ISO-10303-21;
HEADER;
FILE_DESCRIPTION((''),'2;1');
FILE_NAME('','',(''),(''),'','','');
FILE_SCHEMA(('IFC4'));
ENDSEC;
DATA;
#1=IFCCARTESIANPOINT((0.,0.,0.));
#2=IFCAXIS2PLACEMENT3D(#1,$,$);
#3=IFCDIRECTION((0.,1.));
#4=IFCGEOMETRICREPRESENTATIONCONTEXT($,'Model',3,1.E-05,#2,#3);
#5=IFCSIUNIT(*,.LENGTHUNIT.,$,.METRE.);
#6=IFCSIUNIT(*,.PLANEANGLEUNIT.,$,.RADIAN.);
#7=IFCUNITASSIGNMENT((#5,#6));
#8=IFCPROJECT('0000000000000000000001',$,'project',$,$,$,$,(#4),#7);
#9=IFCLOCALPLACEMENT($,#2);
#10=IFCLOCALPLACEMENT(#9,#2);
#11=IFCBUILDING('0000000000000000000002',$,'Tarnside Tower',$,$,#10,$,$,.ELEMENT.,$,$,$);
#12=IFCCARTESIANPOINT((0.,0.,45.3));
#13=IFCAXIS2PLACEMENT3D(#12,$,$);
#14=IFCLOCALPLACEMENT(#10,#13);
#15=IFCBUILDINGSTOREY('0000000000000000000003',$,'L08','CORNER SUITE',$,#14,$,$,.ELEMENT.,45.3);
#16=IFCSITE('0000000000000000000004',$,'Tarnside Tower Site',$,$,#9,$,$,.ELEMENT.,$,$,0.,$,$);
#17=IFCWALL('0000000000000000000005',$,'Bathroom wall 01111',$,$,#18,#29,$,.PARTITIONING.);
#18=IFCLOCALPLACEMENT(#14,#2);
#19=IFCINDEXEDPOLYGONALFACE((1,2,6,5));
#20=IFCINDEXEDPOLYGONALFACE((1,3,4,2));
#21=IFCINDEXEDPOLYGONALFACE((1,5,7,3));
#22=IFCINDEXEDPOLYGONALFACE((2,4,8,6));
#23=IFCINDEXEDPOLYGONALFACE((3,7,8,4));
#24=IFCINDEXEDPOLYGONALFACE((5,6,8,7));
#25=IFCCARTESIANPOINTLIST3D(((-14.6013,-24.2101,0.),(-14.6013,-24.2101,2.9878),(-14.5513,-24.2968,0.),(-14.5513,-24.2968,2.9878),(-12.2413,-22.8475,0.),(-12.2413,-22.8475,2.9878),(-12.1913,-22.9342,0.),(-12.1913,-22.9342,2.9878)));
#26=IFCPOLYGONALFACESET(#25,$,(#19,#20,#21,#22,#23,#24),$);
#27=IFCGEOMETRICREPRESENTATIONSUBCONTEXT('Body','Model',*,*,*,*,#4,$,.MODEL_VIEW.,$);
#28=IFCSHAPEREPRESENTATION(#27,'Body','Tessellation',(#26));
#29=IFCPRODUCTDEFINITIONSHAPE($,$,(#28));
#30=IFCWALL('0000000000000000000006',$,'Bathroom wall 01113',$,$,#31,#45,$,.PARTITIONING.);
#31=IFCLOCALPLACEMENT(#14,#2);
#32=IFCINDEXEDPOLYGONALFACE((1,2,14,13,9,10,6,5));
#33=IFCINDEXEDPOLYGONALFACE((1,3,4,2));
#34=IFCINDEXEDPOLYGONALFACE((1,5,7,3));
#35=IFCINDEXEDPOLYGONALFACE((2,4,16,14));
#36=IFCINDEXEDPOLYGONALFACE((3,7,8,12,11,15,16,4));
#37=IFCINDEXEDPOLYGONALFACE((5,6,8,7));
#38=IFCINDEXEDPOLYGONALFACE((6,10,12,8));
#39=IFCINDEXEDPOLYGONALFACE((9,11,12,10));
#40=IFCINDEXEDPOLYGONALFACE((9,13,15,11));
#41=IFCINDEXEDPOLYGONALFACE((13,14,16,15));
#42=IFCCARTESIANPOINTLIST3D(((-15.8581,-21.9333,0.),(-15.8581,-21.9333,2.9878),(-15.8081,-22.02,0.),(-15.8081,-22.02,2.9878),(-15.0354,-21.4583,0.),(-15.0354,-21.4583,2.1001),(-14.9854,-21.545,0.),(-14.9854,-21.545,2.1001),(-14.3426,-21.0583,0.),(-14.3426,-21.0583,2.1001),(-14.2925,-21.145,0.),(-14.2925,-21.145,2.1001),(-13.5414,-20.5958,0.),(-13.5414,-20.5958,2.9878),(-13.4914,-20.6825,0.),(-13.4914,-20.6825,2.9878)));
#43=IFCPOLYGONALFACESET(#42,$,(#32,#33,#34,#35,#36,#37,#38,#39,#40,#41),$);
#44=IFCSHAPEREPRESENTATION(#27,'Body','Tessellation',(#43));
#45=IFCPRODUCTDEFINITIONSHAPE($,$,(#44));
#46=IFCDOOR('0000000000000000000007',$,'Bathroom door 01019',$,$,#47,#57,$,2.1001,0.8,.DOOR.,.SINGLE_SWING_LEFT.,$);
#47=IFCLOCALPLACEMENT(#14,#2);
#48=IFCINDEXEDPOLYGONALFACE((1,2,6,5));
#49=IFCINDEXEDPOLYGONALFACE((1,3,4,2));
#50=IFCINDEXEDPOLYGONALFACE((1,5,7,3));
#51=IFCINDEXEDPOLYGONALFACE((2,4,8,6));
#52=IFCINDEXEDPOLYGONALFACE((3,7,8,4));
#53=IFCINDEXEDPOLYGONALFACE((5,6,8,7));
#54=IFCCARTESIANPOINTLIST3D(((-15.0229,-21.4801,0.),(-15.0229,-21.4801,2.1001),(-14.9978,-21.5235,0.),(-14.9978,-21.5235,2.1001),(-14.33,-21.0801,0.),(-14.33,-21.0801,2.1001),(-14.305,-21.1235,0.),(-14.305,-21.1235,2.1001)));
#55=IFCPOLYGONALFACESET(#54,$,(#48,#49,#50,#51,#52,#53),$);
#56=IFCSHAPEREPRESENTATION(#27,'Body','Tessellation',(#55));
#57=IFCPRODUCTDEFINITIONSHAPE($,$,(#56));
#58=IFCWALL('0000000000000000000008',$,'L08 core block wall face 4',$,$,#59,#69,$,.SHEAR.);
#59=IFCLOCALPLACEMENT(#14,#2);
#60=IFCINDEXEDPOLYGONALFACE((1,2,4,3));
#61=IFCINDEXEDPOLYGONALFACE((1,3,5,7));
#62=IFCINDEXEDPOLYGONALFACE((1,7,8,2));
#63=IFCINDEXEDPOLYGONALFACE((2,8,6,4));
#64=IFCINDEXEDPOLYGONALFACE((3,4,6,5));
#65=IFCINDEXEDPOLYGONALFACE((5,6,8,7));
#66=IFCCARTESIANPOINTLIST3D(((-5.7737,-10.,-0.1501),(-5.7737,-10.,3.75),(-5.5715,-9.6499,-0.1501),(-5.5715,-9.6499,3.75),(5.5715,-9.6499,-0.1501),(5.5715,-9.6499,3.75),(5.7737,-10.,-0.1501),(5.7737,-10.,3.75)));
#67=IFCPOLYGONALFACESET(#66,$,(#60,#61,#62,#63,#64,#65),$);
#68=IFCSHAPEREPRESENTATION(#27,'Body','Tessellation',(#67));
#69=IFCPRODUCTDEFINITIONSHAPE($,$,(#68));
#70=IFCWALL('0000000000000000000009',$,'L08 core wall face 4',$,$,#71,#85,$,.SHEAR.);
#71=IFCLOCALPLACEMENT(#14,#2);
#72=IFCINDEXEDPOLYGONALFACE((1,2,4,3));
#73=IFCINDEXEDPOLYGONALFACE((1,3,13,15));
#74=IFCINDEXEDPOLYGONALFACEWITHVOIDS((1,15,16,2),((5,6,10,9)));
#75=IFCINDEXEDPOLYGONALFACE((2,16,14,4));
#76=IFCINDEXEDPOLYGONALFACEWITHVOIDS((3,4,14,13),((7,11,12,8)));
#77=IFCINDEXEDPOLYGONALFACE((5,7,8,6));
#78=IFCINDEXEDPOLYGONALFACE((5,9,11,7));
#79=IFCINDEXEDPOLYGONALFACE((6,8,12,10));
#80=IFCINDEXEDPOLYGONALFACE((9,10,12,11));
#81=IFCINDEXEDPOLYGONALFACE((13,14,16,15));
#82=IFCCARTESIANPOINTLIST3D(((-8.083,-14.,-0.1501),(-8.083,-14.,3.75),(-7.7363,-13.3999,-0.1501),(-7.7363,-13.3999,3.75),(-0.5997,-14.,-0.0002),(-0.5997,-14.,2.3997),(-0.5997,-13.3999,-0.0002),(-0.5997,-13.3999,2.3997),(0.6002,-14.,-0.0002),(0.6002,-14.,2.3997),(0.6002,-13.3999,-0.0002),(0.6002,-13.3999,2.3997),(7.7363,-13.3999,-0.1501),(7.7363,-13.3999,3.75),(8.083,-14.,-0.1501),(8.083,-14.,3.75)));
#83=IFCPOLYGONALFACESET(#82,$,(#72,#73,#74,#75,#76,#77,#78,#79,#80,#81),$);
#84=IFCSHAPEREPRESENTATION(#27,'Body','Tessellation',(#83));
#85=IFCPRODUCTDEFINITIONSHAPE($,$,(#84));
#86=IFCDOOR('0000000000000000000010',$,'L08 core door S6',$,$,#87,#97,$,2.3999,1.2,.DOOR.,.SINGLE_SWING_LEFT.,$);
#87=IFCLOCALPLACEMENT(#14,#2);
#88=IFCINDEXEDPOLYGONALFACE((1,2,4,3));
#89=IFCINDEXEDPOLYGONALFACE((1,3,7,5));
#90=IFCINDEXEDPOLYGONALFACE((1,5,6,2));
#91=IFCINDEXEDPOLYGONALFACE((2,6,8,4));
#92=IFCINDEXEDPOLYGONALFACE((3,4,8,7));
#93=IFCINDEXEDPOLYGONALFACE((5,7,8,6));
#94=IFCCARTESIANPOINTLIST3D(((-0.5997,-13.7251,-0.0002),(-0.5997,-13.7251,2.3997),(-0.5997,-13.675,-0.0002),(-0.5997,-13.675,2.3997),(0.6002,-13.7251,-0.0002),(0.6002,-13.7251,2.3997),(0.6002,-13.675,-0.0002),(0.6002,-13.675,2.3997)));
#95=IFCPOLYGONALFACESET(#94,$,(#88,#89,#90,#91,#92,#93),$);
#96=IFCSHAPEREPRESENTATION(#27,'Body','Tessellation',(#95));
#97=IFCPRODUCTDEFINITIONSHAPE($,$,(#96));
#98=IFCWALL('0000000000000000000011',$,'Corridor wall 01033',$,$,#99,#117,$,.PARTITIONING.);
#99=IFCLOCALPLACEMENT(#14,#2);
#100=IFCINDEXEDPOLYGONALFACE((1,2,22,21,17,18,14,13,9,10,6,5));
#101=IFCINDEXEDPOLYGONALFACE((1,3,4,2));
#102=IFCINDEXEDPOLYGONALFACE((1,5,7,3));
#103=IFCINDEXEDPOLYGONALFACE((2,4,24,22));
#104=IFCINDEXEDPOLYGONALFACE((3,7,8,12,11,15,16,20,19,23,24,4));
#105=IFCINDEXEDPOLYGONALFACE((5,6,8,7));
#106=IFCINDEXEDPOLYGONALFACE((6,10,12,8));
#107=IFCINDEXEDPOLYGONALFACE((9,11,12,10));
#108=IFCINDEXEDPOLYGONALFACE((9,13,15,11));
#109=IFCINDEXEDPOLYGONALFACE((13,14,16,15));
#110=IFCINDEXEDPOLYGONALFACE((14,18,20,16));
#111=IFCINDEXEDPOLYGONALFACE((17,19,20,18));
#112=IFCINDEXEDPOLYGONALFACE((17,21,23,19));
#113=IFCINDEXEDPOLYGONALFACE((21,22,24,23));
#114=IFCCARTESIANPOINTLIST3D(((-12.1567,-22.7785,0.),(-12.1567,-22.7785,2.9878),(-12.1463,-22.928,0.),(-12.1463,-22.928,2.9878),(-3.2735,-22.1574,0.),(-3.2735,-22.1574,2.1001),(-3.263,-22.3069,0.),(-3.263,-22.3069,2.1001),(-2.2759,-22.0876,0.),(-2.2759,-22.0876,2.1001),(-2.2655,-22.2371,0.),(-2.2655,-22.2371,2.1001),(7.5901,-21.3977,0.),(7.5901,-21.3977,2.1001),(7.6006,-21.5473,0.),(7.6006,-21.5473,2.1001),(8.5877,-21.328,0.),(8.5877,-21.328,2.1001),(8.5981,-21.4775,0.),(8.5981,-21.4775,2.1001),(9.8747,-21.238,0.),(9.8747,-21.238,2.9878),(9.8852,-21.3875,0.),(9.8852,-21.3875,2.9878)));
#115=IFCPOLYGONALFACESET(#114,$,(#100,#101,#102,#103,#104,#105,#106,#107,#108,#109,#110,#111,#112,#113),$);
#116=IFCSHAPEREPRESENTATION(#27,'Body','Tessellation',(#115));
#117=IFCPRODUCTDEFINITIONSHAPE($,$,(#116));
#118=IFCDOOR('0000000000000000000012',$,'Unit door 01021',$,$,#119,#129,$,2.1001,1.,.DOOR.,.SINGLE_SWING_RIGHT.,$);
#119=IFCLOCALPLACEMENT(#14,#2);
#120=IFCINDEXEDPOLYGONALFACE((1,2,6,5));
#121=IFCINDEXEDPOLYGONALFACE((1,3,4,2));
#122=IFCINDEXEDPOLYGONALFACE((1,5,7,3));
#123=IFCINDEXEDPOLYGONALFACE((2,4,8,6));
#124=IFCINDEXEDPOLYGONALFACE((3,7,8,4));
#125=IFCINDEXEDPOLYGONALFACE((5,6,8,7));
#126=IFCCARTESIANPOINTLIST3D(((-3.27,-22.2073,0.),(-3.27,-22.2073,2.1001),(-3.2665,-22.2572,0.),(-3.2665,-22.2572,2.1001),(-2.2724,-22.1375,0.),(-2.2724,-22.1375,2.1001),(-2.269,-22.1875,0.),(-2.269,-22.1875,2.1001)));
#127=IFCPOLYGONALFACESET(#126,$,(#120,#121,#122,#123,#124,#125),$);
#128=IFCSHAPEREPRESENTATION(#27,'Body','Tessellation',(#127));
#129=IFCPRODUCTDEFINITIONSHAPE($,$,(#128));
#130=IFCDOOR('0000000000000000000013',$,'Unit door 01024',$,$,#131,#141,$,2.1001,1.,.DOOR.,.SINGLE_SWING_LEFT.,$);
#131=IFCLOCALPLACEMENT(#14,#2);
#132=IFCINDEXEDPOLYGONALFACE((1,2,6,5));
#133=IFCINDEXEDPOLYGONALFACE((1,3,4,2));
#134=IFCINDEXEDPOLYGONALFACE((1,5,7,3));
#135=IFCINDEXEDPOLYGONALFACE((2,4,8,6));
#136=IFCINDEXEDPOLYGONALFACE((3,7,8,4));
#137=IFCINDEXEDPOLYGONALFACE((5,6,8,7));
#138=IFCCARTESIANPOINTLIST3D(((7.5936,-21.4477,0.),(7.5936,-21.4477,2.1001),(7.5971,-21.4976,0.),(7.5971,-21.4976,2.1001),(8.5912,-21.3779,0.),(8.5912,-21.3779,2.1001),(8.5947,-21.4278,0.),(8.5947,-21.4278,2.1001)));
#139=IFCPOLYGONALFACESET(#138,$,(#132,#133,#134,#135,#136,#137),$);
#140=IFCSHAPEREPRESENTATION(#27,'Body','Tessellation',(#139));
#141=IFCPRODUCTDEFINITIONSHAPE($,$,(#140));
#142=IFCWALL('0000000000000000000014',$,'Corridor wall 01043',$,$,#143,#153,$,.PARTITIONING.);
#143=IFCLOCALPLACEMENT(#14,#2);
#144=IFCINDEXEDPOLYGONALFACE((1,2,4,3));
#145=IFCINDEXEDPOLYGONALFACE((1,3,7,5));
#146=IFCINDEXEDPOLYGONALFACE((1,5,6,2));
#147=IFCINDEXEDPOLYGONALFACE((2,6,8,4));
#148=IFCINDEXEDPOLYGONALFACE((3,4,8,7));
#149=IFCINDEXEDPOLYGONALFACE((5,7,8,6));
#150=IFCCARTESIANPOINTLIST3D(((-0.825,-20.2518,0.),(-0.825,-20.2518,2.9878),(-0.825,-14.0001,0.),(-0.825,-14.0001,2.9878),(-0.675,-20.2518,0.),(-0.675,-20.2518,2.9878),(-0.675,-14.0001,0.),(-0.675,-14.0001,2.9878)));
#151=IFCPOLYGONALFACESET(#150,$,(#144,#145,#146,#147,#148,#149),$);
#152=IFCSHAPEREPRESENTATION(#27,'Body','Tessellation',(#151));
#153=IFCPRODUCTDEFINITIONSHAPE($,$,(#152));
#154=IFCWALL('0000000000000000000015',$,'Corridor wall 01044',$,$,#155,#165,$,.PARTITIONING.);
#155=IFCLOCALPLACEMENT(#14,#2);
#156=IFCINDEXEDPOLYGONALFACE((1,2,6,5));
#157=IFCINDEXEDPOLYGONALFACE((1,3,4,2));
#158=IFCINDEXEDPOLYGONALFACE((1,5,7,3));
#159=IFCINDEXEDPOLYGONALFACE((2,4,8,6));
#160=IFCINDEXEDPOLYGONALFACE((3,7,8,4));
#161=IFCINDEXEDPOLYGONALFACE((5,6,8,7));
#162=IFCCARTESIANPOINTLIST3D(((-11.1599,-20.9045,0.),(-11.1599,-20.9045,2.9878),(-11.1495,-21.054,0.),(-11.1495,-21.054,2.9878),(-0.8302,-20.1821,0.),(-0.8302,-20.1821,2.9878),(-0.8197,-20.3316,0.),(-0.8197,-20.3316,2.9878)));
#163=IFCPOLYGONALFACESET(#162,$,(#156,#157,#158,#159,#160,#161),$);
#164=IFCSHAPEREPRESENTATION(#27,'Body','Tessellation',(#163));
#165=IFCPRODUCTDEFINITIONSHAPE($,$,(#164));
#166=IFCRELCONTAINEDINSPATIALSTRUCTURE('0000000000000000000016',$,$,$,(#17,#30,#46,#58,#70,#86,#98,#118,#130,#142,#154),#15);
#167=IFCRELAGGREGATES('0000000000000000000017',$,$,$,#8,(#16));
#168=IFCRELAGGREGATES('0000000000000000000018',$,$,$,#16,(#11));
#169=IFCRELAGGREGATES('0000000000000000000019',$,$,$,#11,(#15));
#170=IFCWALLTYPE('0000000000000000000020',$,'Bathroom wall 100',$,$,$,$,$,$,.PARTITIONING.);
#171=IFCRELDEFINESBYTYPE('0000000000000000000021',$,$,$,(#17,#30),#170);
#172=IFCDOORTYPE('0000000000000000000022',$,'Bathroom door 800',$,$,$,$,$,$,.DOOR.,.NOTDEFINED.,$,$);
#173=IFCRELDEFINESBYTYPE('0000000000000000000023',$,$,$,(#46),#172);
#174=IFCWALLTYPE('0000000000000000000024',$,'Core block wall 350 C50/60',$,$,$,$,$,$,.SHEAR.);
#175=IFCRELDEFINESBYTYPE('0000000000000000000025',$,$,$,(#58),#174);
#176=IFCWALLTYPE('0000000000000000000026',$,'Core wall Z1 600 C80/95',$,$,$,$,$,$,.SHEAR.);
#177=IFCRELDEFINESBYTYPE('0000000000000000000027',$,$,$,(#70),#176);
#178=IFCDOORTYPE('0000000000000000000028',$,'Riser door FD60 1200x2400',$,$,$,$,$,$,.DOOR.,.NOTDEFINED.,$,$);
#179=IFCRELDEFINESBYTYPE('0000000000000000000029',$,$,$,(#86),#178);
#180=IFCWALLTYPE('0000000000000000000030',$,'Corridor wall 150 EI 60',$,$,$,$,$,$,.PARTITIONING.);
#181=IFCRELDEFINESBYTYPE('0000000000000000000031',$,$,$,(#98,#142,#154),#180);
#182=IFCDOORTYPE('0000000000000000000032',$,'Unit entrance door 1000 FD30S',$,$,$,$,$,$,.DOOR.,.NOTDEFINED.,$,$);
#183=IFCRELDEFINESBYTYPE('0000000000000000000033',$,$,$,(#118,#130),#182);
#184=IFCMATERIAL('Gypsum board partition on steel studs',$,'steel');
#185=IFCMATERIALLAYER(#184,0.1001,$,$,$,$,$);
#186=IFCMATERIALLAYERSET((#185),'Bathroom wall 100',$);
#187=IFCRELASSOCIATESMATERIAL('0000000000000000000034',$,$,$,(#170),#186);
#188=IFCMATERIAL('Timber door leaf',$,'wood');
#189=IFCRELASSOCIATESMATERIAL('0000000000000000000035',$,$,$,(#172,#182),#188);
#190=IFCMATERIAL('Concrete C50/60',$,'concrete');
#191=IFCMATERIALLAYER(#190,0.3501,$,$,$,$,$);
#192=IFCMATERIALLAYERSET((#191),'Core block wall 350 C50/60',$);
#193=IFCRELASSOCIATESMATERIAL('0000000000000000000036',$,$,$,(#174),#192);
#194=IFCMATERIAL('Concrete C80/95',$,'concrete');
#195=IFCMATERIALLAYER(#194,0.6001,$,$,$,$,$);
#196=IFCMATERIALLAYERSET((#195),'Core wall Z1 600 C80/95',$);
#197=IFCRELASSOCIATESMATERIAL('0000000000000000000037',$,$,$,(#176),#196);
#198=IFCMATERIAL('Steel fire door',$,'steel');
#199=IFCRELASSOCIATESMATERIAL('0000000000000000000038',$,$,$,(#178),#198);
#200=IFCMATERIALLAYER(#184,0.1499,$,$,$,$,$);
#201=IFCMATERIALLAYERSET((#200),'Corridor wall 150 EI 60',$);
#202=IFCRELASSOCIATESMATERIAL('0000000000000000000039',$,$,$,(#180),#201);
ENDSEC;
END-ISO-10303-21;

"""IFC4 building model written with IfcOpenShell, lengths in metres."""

from ifc_helpers import new_model, si_unit, direction, frame, frame_2d, origin, place, context, subcontext, project, spatial, polyline, rectangle, outline, extrude, material, layer, layer_set, type_object, element, fill, save


model = new_model("IFC4")

# Units and contexts
model_context = context("Model", 3, precision=1e-05, world=origin(), true_north=direction((0.0, 1.0)))
body_context = subcontext(model_context, "Body", "Model", "MODEL_VIEW")
ifc_project = project(units=[si_unit("LENGTHUNIT", "METRE"), si_unit("PLANEANGLEUNIT", "RADIAN")], contexts=[model_context])

# Site, building, storey
site_placement = place(None, origin())
site = spatial("IfcSite", under=ifc_project, at=site_placement, Name="Tarnside Tower Site", CompositionType="ELEMENT", RefElevation=0.0)
building_placement = place(site_placement, origin())
building = spatial("IfcBuilding", under=site, at=building_placement, Name="Tarnside Tower", CompositionType="ELEMENT")
storey_placement = place(building_placement, frame((0.0, 0.0, 45.3)))
storey = spatial("IfcBuildingStorey", under=building, at=storey_placement, Name="L08", Description="CORNER SUITE", CompositionType="ELEMENT", Elevation=45.3)

# Wall
ifc_material_1 = material(Name="Gypsum board partition on steel studs", Category="steel")
ifc_layer_1 = layer(ifc_material_1, 0.1001)
ifc_layer_set_1 = layer_set([ifc_layer_1], Name="Bathroom wall 100")
wall_type_1 = type_object("IfcWallType", Name="Bathroom wall 100", PredefinedType="PARTITIONING", material=ifc_layer_set_1)
wall_1_placement = place(storey_placement, frame((-12.2163, -22.8909, 0.0), z_axis=(0.0, 0.0, 1.0), x_axis=(-0.866013, -0.500022, 0.0)))
element("IfcWall", 1, at=wall_1_placement, inside=storey, type_object=wall_type_1, Name="Bathroom wall 01111", PredefinedType="PARTITIONING", context=body_context, shape_type="SweptSolid", body=[
    extrude(rectangle(XDim=2.7251, YDim=0.1001, at=frame_2d((1.3625, 0.0))), origin(), (0.0, 0.0, 1.0), 2.9878),
])

# Wall, opening, door
wall_2_placement = place(storey_placement, frame((-15.833, -21.9766, 0.0), z_axis=(0.0, 0.0, 1.0), x_axis=(0.866044, 0.499967, 0.0)))
wall_2 = element("IfcWall", 2, at=wall_2_placement, inside=storey, type_object=wall_type_1, Name="Bathroom wall 01113", PredefinedType="PARTITIONING", context=body_context, shape_type="SweptSolid", body=[
    extrude(rectangle(XDim=2.675, YDim=0.1001, at=frame_2d((1.3374, 0.0))), origin(), (0.0, 0.0, 1.0), 2.9878),
])
opening_1_placement = place(wall_2_placement, frame((0.95, 0.0, 0.0)))
opening_1 = element("IfcOpeningElement", 3, at=opening_1_placement, cuts=wall_2, PredefinedType="OPENING", context=body_context, shape_type="SweptSolid", body=[
    extrude(rectangle(XDim=0.8, YDim=2.1001, at=frame_2d((0.3999, 1.05))), frame((0.0, 0.0601, 0.0), z_axis=(0.0, -1.0, 0.0), x_axis=(1.0, 0.0, 0.0)), (0.0, 0.0, 1.0), 0.1201),
])
ifc_material_2 = material(Name="Timber door leaf", Category="wood")
door_type_1 = type_object("IfcDoorType", Name="Bathroom door 800", OperationType="NOTDEFINED", PredefinedType="DOOR", material=ifc_material_2)
door_1_placement = place(opening_1_placement, origin())
door_1 = element("IfcDoor", 4, at=door_1_placement, inside=storey, type_object=door_type_1, Name="Bathroom door 01019", OperationType="SINGLE_SWING_LEFT", OverallHeight=2.1001, OverallWidth=0.8, PredefinedType="DOOR", context=body_context, shape_type="SweptSolid", body=[
    extrude(rectangle(XDim=0.8, YDim=2.1001, at=frame_2d((0.3999, 1.05))), frame((0.0, 0.0249, 0.0), z_axis=(0.0, -1.0, 0.0), x_axis=(1.0, 0.0, 0.0)), (0.0, 0.0, 1.0), 0.05),
])
fill(opening_1, door_1)

# Wall
ifc_material_3 = material(Name="Concrete C50/60", Category="concrete")
ifc_layer_2 = layer(ifc_material_3, 0.3501)
ifc_layer_set_2 = layer_set([ifc_layer_2], Name="Core block wall 350 C50/60")
wall_type_2 = type_object("IfcWallType", Name="Core block wall 350 C50/60", PredefinedType="SHEAR", material=ifc_layer_set_2)
wall_3_placement = place(storey_placement, frame((-5.6726, -9.825, -0.1501), z_axis=(0.0, 0.0, 1.0), x_axis=(1.0, 0.0, 0.0)))
element("IfcWall", 5, at=wall_3_placement, inside=storey, type_object=wall_type_2, Name="L08 core block wall face 4", PredefinedType="SHEAR", context=body_context, shape_type="SweptSolid", body=[
    extrude(outline(polyline([(-0.1011, -0.175), (11.4463, -0.175), (11.2441, 0.175), (0.1011, 0.175), (-0.1011, -0.175)])), origin(), (0.0, 0.0, 1.0), 3.9001),
])

# Wall, opening, door
ifc_material_4 = material(Name="Concrete C80/95", Category="concrete")
ifc_layer_3 = layer(ifc_material_4, 0.6001)
ifc_layer_set_3 = layer_set([ifc_layer_3], Name="Core wall Z1 600 C80/95")
wall_type_3 = type_object("IfcWallType", Name="Core wall Z1 600 C80/95", PredefinedType="SHEAR", material=ifc_layer_set_3)
wall_4_placement = place(storey_placement, frame((-7.9097, -13.7, -0.1501), z_axis=(0.0, 0.0, 1.0), x_axis=(1.0, 0.0, 0.0)))
wall_4 = element("IfcWall", 6, at=wall_4_placement, inside=storey, type_object=wall_type_3, Name="L08 core wall face 4", PredefinedType="SHEAR", context=body_context, shape_type="SweptSolid", body=[
    extrude(outline(polyline([(-0.1733, -0.3), (15.9927, -0.3), (15.646, 0.3), (0.1733, 0.3), (-0.1733, -0.3)])), origin(), (0.0, 0.0, 1.0), 3.9001),
])
opening_2_placement = place(wall_4_placement, frame((7.3098, 0.0, 0.1499)))
opening_2 = element("IfcOpeningElement", 7, at=opening_2_placement, cuts=wall_4, PredefinedType="OPENING", context=body_context, shape_type="SweptSolid", body=[
    extrude(rectangle(XDim=1.2, YDim=2.3999, at=frame_2d((0.6001, 1.2))), frame((0.0, 0.3101, 0.0), z_axis=(0.0, -1.0, 0.0), x_axis=(1.0, 0.0, 0.0)), (0.0, 0.0, 1.0), 0.6201),
])
ifc_material_5 = material(Name="Steel fire door", Category="steel")
door_type_2 = type_object("IfcDoorType", Name="Riser door FD60 1200x2400", OperationType="NOTDEFINED", PredefinedType="DOOR", material=ifc_material_5)
door_2_placement = place(opening_2_placement, origin())
door_2 = element("IfcDoor", 8, at=door_2_placement, inside=storey, type_object=door_type_2, Name="L08 core door S6", OperationType="SINGLE_SWING_LEFT", OverallHeight=2.3999, OverallWidth=1.2, PredefinedType="DOOR", context=body_context, shape_type="SweptSolid", body=[
    extrude(rectangle(XDim=1.2, YDim=2.3999, at=frame_2d((0.6001, 1.2))), frame((0.0, 0.0249, 0.0), z_axis=(0.0, -1.0, 0.0), x_axis=(1.0, 0.0, 0.0)), (0.0, 0.0, 1.0), 0.05),
])
fill(opening_2, door_2)

# Wall, openings, doors
ifc_layer_4 = layer(ifc_material_1, 0.1499)
ifc_layer_set_4 = layer_set([ifc_layer_4], Name="Corridor wall 150 EI 60")
wall_type_4 = type_object("IfcWallType", Name="Corridor wall 150 EI 60", PredefinedType="PARTITIONING", material=ifc_layer_set_4)
wall_5_placement = place(storey_placement, frame((-12.1514, -22.8533, 0.0), z_axis=(0.0, 0.0, 1.0), x_axis=(0.997564, 0.069754, 0.0)))
wall_5 = element("IfcWall", 9, at=wall_5_placement, inside=storey, type_object=wall_type_4, Name="Corridor wall 01033", PredefinedType="PARTITIONING", context=body_context, shape_type="SweptSolid", body=[
    extrude(rectangle(XDim=22.0852, YDim=0.1499, at=frame_2d((11.0425, 0.0))), origin(), (0.0, 0.0, 1.0), 2.9878),
])
opening_3_placement = place(wall_5_placement, frame((8.9048, 0.0, 0.0)))
opening_3 = element("IfcOpeningElement", 10, at=opening_3_placement, cuts=wall_5, PredefinedType="OPENING", context=body_context, shape_type="SweptSolid", body=[
    extrude(rectangle(XDim=1.0, YDim=2.1001, at=frame_2d((0.5, 1.05))), frame((0.0, 0.085, 0.0), z_axis=(0.0, -1.0, 0.0), x_axis=(1.0, 0.0, 0.0)), (0.0, 0.0, 1.0), 0.1699),
])
opening_4_placement = place(wall_5_placement, frame((19.7949, 0.0, 0.0)))
opening_4 = element("IfcOpeningElement", 11, at=opening_4_placement, cuts=wall_5, PredefinedType="OPENING", context=body_context, shape_type="SweptSolid", body=[
    extrude(rectangle(XDim=1.0, YDim=2.1001, at=frame_2d((0.5, 1.05))), frame((0.0, 0.085, 0.0), z_axis=(0.0, -1.0, 0.0), x_axis=(1.0, 0.0, 0.0)), (0.0, 0.0, 1.0), 0.1699),
])
door_type_3 = type_object("IfcDoorType", Name="Unit entrance door 1000 FD30S", OperationType="NOTDEFINED", PredefinedType="DOOR", material=ifc_material_2)
door_3_placement = place(opening_3_placement, origin())
door_3 = element("IfcDoor", 12, at=door_3_placement, inside=storey, type_object=door_type_3, Name="Unit door 01021", OperationType="SINGLE_SWING_RIGHT", OverallHeight=2.1001, OverallWidth=1.0, PredefinedType="DOOR", context=body_context, shape_type="SweptSolid", body=[
    extrude(rectangle(XDim=1.0, YDim=2.1001, at=frame_2d((0.5, 1.05))), frame((0.0, 0.0249, 0.0), z_axis=(0.0, -1.0, 0.0), x_axis=(1.0, 0.0, 0.0)), (0.0, 0.0, 1.0), 0.05),
])
fill(opening_3, door_3)
door_4_placement = place(opening_4_placement, origin())
door_4 = element("IfcDoor", 13, at=door_4_placement, inside=storey, type_object=door_type_3, Name="Unit door 01024", OperationType="SINGLE_SWING_LEFT", OverallHeight=2.1001, OverallWidth=1.0, PredefinedType="DOOR", context=body_context, shape_type="SweptSolid", body=[
    extrude(rectangle(XDim=1.0, YDim=2.1001, at=frame_2d((0.5, 1.05))), frame((0.0, 0.0249, 0.0), z_axis=(0.0, -1.0, 0.0), x_axis=(1.0, 0.0, 0.0)), (0.0, 0.0, 1.0), 0.05),
])
fill(opening_4, door_4)

# Walls
wall_6_placement = place(storey_placement, frame((-0.75, -14.0, 0.0), z_axis=(0.0, 0.0, 1.0), x_axis=(0.0, -1.0, 0.0)))
element("IfcWall", 14, at=wall_6_placement, inside=storey, type_object=wall_type_4, Name="Corridor wall 01043", PredefinedType="PARTITIONING", context=body_context, shape_type="SweptSolid", body=[
    extrude(rectangle(XDim=6.2517, YDim=0.1499, at=frame_2d((3.126, 0.0))), origin(), (0.0, 0.0, 1.0), 2.9878),
])
wall_7_placement = place(storey_placement, frame((-0.825, -20.2568, 0.0), z_axis=(0.0, 0.0, 1.0), x_axis=(-0.997564, -0.069764, 0.0)))
element("IfcWall", 15, at=wall_7_placement, inside=storey, type_object=wall_type_4, Name="Corridor wall 01044", PredefinedType="PARTITIONING", context=body_context, shape_type="SweptSolid", body=[
    extrude(rectangle(XDim=10.355, YDim=0.1499, at=frame_2d((5.1775, 0.0))), origin(), (0.0, 0.0, 1.0), 2.9878),
])

save(model, "model.ifc")
